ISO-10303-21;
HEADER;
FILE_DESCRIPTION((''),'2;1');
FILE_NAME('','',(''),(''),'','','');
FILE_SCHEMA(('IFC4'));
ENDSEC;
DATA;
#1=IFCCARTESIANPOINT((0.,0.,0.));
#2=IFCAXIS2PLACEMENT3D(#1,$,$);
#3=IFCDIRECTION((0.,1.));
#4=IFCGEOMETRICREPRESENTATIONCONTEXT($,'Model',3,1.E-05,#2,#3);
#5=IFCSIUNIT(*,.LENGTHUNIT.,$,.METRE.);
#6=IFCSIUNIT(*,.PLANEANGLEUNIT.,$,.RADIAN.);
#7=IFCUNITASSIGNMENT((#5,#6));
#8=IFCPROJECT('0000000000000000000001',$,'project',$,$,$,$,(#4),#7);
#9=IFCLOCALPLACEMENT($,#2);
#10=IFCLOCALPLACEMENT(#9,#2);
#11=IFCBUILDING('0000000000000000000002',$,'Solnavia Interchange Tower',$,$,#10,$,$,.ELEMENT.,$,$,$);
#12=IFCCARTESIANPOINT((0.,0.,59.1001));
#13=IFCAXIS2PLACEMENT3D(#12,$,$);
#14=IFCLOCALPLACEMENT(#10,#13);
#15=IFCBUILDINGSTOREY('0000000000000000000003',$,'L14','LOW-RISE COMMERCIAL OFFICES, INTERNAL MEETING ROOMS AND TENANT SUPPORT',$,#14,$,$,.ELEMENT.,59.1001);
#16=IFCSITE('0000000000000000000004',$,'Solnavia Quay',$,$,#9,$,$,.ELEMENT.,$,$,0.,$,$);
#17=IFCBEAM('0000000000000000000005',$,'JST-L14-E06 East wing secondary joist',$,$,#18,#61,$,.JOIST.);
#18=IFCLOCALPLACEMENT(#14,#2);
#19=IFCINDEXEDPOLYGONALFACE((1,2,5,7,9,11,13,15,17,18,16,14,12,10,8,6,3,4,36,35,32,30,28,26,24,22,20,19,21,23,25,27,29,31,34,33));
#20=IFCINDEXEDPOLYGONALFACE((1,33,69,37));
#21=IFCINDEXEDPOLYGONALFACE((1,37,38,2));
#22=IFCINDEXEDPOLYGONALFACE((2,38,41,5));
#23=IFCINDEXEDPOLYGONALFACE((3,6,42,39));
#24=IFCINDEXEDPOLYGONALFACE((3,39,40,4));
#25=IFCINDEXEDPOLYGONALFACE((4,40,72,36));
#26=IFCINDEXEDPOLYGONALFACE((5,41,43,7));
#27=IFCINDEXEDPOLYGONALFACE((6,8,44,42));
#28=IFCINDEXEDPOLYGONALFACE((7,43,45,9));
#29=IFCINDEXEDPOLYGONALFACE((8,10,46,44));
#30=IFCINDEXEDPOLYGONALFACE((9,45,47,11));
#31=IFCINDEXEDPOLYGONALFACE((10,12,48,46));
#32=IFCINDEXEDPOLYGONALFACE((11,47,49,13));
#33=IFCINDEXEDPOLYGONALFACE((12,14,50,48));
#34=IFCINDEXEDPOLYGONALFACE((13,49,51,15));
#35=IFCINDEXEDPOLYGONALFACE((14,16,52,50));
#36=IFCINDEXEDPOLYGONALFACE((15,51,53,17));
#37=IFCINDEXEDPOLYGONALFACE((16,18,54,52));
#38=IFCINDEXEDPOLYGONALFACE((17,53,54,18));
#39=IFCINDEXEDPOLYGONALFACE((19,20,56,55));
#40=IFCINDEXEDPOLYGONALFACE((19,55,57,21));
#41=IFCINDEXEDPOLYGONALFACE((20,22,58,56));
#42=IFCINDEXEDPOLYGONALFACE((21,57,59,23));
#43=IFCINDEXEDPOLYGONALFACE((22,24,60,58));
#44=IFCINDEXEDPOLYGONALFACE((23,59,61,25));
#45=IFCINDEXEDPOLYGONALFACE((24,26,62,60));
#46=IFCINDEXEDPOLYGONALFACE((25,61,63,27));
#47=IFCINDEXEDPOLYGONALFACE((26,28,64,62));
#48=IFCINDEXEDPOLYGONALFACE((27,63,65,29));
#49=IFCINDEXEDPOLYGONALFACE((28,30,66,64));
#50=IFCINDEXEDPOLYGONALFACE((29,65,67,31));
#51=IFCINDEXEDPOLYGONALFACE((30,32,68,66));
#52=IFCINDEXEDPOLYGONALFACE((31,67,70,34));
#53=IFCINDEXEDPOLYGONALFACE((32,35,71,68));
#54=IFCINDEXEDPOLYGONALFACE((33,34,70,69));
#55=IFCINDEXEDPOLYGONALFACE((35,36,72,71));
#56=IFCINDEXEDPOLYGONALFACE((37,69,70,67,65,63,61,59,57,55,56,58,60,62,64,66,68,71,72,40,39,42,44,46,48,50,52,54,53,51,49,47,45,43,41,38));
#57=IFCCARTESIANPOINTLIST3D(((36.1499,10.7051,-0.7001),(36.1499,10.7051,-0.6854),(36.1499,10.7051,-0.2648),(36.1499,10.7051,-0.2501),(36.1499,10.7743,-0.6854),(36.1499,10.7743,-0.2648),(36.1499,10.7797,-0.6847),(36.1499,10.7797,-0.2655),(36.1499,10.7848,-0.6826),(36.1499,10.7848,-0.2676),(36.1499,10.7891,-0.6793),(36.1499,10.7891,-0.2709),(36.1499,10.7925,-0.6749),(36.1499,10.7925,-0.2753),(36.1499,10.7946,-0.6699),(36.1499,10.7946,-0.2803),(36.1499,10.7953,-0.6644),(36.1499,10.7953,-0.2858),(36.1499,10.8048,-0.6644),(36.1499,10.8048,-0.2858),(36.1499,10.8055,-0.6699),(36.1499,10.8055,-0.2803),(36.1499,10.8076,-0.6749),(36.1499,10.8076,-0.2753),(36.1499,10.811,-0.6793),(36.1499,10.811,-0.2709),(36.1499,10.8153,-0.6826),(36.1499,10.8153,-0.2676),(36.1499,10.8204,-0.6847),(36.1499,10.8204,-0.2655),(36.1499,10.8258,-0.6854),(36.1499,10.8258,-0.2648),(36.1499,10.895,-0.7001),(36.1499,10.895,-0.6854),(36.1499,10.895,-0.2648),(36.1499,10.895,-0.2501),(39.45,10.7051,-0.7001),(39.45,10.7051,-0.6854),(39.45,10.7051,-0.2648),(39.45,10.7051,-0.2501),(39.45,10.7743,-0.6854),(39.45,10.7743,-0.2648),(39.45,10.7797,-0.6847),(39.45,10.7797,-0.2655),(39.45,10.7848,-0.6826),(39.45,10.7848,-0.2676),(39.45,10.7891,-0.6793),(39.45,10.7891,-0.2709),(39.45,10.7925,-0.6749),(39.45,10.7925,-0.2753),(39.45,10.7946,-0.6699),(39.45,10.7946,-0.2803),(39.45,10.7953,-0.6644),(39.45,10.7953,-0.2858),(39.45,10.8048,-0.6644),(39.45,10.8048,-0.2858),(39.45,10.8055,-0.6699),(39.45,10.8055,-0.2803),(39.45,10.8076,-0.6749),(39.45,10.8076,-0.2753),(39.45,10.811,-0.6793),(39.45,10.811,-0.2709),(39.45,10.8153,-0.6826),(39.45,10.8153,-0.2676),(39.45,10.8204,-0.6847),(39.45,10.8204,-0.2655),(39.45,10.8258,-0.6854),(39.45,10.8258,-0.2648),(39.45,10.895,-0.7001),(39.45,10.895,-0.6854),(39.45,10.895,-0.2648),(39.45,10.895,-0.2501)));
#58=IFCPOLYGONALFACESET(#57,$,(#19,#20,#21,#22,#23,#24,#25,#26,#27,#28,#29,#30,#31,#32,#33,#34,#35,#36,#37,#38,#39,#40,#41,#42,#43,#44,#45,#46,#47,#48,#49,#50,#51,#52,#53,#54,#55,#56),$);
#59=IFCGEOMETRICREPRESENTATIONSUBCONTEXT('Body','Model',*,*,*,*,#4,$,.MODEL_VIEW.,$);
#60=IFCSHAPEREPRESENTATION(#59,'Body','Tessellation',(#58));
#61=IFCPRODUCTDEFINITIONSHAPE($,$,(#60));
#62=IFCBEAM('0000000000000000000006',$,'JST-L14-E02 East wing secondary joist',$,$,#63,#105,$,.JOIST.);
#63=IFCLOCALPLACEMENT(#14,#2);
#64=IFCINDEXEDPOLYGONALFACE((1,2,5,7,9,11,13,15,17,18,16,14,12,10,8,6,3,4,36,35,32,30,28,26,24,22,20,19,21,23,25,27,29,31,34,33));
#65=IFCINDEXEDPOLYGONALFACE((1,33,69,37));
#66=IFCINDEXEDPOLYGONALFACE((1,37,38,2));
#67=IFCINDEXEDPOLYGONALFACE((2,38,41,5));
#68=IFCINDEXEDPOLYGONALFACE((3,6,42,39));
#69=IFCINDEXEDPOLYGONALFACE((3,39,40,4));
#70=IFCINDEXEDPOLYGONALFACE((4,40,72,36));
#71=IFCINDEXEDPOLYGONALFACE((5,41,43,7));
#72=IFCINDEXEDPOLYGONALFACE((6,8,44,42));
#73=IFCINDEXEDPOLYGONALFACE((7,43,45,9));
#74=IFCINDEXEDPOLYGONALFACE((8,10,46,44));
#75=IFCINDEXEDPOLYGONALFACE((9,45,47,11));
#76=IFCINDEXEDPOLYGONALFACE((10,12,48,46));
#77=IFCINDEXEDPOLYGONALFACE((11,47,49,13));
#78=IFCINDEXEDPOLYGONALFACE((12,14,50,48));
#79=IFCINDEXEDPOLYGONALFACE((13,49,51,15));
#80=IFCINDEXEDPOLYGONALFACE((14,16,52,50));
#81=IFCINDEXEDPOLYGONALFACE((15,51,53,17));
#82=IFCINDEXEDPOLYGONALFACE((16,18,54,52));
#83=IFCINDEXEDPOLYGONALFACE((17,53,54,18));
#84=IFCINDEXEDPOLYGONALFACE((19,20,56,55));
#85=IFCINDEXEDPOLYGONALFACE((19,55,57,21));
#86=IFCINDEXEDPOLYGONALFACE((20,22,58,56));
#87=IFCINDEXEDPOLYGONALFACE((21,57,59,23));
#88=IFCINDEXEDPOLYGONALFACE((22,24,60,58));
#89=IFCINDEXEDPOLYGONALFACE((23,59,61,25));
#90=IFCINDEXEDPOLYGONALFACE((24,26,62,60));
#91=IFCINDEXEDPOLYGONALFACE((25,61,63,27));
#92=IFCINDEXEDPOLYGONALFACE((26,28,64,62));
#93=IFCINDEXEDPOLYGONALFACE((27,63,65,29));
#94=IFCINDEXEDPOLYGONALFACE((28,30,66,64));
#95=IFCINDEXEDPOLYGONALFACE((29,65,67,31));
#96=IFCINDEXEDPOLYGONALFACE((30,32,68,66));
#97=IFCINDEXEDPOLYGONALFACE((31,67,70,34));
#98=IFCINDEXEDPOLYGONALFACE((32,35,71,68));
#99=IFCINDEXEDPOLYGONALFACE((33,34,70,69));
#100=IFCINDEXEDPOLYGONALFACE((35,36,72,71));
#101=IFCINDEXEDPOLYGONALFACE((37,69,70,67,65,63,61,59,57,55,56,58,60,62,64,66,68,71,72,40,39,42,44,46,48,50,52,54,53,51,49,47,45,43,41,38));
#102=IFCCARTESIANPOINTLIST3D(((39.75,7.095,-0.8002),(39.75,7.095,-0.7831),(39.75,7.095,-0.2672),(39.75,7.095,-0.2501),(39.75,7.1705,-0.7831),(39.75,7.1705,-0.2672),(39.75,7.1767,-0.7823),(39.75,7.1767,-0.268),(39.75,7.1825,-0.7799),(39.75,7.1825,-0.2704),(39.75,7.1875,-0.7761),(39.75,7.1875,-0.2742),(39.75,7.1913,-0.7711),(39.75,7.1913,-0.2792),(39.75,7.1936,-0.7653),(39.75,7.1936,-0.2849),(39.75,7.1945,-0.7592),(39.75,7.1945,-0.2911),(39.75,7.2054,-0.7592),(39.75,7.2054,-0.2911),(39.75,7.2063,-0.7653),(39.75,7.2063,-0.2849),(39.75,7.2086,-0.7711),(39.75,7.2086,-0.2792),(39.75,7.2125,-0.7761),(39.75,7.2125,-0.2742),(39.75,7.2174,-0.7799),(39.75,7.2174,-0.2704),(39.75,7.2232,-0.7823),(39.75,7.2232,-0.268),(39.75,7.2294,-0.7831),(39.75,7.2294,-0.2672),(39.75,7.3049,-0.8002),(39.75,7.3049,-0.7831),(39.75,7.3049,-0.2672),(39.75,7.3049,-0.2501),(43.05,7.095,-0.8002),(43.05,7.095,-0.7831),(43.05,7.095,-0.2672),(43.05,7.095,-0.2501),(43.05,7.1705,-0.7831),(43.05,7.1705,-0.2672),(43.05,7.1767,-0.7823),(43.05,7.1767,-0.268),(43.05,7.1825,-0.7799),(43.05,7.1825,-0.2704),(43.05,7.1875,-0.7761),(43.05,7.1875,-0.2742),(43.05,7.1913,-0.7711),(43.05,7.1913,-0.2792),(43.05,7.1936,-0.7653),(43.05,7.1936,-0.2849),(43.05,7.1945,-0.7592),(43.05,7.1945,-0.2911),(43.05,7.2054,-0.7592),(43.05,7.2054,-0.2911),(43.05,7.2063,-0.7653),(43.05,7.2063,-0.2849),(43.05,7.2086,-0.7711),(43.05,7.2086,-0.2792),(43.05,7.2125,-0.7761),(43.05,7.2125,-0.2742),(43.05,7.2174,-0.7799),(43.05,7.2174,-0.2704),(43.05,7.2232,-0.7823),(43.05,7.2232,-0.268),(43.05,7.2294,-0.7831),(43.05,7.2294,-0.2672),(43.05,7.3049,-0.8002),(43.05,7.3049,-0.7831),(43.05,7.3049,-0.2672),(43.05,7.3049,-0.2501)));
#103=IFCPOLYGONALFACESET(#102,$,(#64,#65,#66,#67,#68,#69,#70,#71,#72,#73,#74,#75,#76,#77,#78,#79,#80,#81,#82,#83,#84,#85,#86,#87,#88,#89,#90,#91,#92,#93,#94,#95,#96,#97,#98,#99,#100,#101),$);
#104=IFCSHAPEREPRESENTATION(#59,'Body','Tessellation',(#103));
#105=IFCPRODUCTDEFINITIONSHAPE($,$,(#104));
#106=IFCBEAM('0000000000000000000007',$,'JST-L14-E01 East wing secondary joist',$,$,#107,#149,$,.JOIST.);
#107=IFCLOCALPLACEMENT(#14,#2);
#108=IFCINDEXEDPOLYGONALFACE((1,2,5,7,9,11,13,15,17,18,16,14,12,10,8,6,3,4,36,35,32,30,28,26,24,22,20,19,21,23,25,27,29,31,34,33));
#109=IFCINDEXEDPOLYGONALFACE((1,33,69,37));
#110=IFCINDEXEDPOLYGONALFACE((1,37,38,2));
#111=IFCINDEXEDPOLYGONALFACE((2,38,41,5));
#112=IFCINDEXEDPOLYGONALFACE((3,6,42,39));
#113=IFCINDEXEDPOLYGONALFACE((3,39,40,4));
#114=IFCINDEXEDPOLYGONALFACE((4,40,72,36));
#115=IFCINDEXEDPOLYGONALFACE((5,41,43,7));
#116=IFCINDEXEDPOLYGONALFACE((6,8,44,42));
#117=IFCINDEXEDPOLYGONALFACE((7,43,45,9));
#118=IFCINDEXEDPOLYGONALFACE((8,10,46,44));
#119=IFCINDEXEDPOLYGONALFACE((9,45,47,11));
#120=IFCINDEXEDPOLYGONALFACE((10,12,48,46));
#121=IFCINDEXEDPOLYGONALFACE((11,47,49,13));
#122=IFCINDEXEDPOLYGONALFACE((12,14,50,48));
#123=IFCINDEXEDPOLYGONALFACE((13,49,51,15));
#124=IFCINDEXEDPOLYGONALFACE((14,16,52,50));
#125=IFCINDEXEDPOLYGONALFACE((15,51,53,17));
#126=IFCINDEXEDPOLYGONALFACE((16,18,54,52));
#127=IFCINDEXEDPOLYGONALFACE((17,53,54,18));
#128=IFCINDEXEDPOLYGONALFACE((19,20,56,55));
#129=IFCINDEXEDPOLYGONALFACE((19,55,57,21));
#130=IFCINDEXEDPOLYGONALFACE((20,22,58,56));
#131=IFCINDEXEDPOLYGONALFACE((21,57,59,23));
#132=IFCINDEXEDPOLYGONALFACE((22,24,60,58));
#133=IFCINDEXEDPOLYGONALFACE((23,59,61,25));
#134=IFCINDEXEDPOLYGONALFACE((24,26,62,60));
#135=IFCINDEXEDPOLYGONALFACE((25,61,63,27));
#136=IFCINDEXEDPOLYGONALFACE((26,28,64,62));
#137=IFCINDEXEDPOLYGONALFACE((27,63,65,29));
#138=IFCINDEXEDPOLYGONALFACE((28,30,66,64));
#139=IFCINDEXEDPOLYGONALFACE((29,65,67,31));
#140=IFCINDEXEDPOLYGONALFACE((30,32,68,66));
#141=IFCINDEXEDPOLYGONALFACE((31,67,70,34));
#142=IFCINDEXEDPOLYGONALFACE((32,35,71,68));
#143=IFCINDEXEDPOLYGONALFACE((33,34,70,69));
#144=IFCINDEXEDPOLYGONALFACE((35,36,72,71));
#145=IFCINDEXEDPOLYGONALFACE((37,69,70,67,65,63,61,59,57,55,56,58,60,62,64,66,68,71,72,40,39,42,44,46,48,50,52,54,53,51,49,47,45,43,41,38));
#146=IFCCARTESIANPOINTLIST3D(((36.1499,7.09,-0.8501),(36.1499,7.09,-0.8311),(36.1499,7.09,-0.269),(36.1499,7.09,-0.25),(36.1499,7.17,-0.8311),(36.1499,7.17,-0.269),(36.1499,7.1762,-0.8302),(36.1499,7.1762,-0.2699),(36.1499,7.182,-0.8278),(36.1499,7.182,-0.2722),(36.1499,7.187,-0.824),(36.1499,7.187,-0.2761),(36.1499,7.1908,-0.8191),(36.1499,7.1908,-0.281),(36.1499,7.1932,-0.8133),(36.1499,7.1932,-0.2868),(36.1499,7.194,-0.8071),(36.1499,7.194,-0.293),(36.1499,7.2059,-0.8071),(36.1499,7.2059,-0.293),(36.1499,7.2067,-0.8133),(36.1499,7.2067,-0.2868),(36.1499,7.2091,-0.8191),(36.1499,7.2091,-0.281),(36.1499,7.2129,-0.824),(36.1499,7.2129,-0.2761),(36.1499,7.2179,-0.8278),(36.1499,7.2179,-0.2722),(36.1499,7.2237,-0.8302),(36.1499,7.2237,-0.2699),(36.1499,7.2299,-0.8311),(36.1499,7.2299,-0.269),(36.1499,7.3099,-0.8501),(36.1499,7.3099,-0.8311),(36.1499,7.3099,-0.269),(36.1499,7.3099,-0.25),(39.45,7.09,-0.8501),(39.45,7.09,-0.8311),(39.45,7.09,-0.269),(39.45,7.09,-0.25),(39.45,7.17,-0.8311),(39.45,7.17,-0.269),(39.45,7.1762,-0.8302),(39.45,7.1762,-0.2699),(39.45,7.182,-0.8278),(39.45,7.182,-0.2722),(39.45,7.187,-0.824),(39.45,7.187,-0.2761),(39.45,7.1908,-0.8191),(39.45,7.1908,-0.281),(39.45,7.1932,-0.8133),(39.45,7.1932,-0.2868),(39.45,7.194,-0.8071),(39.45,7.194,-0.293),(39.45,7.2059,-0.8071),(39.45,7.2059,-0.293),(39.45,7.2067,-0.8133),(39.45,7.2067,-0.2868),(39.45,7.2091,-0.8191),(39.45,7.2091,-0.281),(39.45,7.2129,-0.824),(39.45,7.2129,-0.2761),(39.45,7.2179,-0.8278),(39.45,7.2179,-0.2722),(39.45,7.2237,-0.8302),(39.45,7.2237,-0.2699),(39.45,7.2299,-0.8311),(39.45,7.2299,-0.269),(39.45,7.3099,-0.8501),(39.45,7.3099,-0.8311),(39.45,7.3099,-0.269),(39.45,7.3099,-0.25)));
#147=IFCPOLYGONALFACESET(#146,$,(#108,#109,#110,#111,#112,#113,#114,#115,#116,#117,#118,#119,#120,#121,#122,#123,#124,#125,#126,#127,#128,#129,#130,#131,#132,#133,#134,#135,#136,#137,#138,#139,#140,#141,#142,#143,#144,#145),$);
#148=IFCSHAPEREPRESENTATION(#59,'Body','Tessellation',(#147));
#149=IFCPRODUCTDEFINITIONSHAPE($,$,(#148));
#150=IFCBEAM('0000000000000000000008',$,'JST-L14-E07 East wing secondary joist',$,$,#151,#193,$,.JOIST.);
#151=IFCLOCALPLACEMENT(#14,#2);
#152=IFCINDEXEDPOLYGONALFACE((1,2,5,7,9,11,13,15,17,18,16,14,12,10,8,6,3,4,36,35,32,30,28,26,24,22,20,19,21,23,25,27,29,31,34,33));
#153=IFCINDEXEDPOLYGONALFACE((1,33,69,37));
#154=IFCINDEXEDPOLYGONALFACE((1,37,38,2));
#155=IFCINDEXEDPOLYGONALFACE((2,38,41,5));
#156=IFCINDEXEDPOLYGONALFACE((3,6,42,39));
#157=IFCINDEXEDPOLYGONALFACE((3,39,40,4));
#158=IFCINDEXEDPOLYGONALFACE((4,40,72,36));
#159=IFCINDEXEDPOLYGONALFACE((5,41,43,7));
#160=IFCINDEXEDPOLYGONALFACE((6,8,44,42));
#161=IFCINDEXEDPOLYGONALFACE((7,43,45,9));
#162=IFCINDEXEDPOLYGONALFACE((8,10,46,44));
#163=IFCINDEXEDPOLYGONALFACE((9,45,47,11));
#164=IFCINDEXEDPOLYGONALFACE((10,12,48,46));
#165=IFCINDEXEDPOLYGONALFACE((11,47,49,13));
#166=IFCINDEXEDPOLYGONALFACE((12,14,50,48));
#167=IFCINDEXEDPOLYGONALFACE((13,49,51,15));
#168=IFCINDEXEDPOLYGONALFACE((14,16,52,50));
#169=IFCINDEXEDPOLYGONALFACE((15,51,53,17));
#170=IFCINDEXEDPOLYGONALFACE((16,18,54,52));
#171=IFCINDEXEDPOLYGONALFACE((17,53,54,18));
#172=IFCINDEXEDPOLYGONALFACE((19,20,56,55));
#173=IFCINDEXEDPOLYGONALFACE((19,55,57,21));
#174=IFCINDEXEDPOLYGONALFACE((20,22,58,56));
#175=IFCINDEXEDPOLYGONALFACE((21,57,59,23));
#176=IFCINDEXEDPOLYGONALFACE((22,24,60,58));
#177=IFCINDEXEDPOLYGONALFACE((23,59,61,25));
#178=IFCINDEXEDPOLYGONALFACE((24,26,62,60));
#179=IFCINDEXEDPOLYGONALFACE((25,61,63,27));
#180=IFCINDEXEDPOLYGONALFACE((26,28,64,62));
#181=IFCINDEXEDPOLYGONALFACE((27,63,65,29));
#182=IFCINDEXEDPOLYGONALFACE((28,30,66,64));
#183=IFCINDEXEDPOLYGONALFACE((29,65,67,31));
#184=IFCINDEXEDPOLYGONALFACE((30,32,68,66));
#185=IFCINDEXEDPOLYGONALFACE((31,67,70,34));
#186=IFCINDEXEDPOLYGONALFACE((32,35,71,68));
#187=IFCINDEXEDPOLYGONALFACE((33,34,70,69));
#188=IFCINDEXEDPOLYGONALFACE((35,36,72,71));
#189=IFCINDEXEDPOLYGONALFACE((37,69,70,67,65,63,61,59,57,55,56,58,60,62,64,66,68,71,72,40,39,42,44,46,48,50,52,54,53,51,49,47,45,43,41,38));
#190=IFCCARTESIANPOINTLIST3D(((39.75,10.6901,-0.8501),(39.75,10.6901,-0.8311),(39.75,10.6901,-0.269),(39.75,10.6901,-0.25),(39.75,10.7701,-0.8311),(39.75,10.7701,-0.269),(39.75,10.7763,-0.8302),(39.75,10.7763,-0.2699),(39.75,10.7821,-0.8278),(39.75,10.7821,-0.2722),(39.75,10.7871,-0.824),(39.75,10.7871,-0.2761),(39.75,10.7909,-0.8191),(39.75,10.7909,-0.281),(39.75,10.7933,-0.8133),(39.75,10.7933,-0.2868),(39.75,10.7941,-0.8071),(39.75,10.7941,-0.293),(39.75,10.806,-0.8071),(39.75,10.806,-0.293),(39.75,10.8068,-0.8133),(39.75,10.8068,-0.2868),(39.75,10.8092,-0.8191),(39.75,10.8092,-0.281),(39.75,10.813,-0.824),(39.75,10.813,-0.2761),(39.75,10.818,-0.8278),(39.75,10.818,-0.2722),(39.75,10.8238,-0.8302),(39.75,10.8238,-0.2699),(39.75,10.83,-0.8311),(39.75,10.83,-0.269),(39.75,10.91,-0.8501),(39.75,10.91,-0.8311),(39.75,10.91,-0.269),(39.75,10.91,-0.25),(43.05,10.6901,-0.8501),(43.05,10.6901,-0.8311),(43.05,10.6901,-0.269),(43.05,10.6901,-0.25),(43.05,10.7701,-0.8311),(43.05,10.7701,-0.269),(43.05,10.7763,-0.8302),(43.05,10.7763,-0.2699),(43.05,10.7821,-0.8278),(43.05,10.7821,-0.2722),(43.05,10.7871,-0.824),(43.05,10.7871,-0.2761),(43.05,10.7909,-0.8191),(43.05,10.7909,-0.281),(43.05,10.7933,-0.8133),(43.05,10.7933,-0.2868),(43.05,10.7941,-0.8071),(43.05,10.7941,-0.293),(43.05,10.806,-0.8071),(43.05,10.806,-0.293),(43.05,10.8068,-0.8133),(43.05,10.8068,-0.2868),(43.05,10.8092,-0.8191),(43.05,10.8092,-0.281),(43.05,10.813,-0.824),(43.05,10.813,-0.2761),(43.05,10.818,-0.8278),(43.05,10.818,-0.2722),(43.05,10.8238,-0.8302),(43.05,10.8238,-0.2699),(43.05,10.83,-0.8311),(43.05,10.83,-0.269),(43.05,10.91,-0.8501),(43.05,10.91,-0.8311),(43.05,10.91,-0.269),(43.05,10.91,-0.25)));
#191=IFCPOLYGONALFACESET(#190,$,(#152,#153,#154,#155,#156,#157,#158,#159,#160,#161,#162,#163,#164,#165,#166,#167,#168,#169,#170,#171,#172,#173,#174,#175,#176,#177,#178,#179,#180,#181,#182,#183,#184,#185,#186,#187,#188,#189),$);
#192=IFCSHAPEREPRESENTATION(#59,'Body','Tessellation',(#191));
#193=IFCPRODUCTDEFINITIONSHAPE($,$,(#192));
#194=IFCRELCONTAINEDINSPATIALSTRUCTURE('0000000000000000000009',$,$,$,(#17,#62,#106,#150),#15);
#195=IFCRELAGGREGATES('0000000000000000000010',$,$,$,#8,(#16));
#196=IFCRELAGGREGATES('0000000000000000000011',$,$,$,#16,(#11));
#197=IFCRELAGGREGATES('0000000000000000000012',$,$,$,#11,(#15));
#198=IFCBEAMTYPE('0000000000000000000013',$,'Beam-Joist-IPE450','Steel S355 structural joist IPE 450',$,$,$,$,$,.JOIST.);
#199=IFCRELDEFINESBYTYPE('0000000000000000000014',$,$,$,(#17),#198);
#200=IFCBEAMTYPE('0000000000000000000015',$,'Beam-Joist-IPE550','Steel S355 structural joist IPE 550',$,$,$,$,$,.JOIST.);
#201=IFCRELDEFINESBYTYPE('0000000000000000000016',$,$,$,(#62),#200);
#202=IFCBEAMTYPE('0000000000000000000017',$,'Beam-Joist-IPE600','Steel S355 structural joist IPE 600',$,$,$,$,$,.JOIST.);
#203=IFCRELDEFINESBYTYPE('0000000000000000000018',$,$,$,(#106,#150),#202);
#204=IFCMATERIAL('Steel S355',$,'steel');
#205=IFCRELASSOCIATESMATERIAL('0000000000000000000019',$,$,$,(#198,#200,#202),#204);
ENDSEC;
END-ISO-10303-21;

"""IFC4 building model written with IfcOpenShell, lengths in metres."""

from ifc_helpers import new_model, si_unit, direction, frame, origin, origin_2d, place, context, subcontext, project, spatial, i_section, extrude, material, material_profile, profile_set, type_object, element, save


model = new_model("IFC4")

# Units and contexts
model_context = context("Model", 3, precision=1e-05, world=origin(), true_north=direction((0.0, 1.0)))
body_context = subcontext(model_context, "Body", "Model", "MODEL_VIEW")
ifc_project = project(units=[si_unit("LENGTHUNIT", "METRE"), si_unit("PLANEANGLEUNIT", "RADIAN")], contexts=[model_context])

# Site, building, storey
site_placement = place(None, origin())
site = spatial("IfcSite", under=ifc_project, at=site_placement, Name="Solnavia Quay", CompositionType="ELEMENT", RefElevation=0.0)
building_placement = place(site_placement, origin())
building = spatial("IfcBuilding", under=site, at=building_placement, Name="Solnavia Interchange Tower", CompositionType="ELEMENT")
storey_placement = place(building_placement, frame((0.0, 0.0, 59.1001)))
storey = spatial("IfcBuildingStorey", under=building, at=storey_placement, Name="L14", Description="LOW-RISE COMMERCIAL OFFICES, INTERNAL MEETING ROOMS AND TENANT SUPPORT", CompositionType="ELEMENT", Elevation=59.1001)

# Shared definitions
ifc_material_1 = material(Name="Steel S355", Category="steel")

# Beams
ifc_material_profile_1 = material_profile(ifc_material_1, i_section(OverallWidth=0.1899, OverallDepth=0.45, WebThickness=0.0095, FlangeThickness=0.0146, FilletRadius=0.021, at=origin_2d()), Name="IPE 450")
ifc_profile_set_1 = profile_set([ifc_material_profile_1], Name="Steel S355")
beam_type_1 = type_object("IfcBeamType", Name="Beam-Joist-IPE450", Description="Steel S355 structural joist IPE 450", PredefinedType="JOIST", material=ifc_profile_set_1)
beam_1_placement = place(storey_placement, frame((36.1499, 10.8, -0.4751), z_axis=(1.0, 0.0, 0.0), x_axis=(0.0, 1.0, 0.0)))
element("IfcBeam", 1, at=beam_1_placement, inside=storey, type_object=beam_type_1, Name="JST-L14-E06 East wing secondary joist", PredefinedType="JOIST", context=body_context, shape_type="SweptSolid", body=[
    extrude(i_section(OverallWidth=0.1899, OverallDepth=0.45, WebThickness=0.0095, FlangeThickness=0.0146, FilletRadius=0.021, at=origin_2d()), origin(), (0.0, 0.0, 1.0), 3.3),
])
ifc_material_profile_2 = material_profile(ifc_material_1, i_section(OverallWidth=0.21, OverallDepth=0.55, WebThickness=0.011, FlangeThickness=0.0171, FilletRadius=0.0239, at=origin_2d()), Name="IPE 550")
ifc_profile_set_2 = profile_set([ifc_material_profile_2], Name="Steel S355")
beam_type_2 = type_object("IfcBeamType", Name="Beam-Joist-IPE550", Description="Steel S355 structural joist IPE 550", PredefinedType="JOIST", material=ifc_profile_set_2)
beam_2_placement = place(storey_placement, frame((39.75, 7.2, -0.5251), z_axis=(1.0, 0.0, 0.0), x_axis=(0.0, 1.0, 0.0)))
element("IfcBeam", 2, at=beam_2_placement, inside=storey, type_object=beam_type_2, Name="JST-L14-E02 East wing secondary joist", PredefinedType="JOIST", context=body_context, shape_type="SweptSolid", body=[
    extrude(i_section(OverallWidth=0.21, OverallDepth=0.55, WebThickness=0.011, FlangeThickness=0.0171, FilletRadius=0.0239, at=origin_2d()), origin(), (0.0, 0.0, 1.0), 3.3),
])
ifc_material_profile_3 = material_profile(ifc_material_1, i_section(OverallWidth=0.22, OverallDepth=0.6001, WebThickness=0.012, FlangeThickness=0.019, FilletRadius=0.0239, at=origin_2d()), Name="IPE 600")
ifc_profile_set_3 = profile_set([ifc_material_profile_3], Name="Steel S355")
beam_type_3 = type_object("IfcBeamType", Name="Beam-Joist-IPE600", Description="Steel S355 structural joist IPE 600", PredefinedType="JOIST", material=ifc_profile_set_3)
for number, where, z_axis, x_axis, name in (
    (3, (36.1499, 7.2, -0.55), (1.0, 0.0, 0.0), (0.0, 1.0, 0.0), "JST-L14-E01 East wing secondary joist"),
    (4, (39.75, 10.8, -0.55), (1.0, 0.0, 0.0), (0.0, 1.0, 0.0), "JST-L14-E07 East wing secondary joist"),
):
    element("IfcBeam", number, at=place(storey_placement, frame(where, z_axis=z_axis, x_axis=x_axis)), inside=storey, type_object=beam_type_3, Name=name, PredefinedType="JOIST", context=body_context, shape_type="SweptSolid", body=[
        extrude(i_section(OverallWidth=0.22, OverallDepth=0.6001, WebThickness=0.012, FlangeThickness=0.019, FilletRadius=0.0239, at=origin_2d()), origin(), (0.0, 0.0, 1.0), 3.3),
    ])

save(model, "model.ifc")
